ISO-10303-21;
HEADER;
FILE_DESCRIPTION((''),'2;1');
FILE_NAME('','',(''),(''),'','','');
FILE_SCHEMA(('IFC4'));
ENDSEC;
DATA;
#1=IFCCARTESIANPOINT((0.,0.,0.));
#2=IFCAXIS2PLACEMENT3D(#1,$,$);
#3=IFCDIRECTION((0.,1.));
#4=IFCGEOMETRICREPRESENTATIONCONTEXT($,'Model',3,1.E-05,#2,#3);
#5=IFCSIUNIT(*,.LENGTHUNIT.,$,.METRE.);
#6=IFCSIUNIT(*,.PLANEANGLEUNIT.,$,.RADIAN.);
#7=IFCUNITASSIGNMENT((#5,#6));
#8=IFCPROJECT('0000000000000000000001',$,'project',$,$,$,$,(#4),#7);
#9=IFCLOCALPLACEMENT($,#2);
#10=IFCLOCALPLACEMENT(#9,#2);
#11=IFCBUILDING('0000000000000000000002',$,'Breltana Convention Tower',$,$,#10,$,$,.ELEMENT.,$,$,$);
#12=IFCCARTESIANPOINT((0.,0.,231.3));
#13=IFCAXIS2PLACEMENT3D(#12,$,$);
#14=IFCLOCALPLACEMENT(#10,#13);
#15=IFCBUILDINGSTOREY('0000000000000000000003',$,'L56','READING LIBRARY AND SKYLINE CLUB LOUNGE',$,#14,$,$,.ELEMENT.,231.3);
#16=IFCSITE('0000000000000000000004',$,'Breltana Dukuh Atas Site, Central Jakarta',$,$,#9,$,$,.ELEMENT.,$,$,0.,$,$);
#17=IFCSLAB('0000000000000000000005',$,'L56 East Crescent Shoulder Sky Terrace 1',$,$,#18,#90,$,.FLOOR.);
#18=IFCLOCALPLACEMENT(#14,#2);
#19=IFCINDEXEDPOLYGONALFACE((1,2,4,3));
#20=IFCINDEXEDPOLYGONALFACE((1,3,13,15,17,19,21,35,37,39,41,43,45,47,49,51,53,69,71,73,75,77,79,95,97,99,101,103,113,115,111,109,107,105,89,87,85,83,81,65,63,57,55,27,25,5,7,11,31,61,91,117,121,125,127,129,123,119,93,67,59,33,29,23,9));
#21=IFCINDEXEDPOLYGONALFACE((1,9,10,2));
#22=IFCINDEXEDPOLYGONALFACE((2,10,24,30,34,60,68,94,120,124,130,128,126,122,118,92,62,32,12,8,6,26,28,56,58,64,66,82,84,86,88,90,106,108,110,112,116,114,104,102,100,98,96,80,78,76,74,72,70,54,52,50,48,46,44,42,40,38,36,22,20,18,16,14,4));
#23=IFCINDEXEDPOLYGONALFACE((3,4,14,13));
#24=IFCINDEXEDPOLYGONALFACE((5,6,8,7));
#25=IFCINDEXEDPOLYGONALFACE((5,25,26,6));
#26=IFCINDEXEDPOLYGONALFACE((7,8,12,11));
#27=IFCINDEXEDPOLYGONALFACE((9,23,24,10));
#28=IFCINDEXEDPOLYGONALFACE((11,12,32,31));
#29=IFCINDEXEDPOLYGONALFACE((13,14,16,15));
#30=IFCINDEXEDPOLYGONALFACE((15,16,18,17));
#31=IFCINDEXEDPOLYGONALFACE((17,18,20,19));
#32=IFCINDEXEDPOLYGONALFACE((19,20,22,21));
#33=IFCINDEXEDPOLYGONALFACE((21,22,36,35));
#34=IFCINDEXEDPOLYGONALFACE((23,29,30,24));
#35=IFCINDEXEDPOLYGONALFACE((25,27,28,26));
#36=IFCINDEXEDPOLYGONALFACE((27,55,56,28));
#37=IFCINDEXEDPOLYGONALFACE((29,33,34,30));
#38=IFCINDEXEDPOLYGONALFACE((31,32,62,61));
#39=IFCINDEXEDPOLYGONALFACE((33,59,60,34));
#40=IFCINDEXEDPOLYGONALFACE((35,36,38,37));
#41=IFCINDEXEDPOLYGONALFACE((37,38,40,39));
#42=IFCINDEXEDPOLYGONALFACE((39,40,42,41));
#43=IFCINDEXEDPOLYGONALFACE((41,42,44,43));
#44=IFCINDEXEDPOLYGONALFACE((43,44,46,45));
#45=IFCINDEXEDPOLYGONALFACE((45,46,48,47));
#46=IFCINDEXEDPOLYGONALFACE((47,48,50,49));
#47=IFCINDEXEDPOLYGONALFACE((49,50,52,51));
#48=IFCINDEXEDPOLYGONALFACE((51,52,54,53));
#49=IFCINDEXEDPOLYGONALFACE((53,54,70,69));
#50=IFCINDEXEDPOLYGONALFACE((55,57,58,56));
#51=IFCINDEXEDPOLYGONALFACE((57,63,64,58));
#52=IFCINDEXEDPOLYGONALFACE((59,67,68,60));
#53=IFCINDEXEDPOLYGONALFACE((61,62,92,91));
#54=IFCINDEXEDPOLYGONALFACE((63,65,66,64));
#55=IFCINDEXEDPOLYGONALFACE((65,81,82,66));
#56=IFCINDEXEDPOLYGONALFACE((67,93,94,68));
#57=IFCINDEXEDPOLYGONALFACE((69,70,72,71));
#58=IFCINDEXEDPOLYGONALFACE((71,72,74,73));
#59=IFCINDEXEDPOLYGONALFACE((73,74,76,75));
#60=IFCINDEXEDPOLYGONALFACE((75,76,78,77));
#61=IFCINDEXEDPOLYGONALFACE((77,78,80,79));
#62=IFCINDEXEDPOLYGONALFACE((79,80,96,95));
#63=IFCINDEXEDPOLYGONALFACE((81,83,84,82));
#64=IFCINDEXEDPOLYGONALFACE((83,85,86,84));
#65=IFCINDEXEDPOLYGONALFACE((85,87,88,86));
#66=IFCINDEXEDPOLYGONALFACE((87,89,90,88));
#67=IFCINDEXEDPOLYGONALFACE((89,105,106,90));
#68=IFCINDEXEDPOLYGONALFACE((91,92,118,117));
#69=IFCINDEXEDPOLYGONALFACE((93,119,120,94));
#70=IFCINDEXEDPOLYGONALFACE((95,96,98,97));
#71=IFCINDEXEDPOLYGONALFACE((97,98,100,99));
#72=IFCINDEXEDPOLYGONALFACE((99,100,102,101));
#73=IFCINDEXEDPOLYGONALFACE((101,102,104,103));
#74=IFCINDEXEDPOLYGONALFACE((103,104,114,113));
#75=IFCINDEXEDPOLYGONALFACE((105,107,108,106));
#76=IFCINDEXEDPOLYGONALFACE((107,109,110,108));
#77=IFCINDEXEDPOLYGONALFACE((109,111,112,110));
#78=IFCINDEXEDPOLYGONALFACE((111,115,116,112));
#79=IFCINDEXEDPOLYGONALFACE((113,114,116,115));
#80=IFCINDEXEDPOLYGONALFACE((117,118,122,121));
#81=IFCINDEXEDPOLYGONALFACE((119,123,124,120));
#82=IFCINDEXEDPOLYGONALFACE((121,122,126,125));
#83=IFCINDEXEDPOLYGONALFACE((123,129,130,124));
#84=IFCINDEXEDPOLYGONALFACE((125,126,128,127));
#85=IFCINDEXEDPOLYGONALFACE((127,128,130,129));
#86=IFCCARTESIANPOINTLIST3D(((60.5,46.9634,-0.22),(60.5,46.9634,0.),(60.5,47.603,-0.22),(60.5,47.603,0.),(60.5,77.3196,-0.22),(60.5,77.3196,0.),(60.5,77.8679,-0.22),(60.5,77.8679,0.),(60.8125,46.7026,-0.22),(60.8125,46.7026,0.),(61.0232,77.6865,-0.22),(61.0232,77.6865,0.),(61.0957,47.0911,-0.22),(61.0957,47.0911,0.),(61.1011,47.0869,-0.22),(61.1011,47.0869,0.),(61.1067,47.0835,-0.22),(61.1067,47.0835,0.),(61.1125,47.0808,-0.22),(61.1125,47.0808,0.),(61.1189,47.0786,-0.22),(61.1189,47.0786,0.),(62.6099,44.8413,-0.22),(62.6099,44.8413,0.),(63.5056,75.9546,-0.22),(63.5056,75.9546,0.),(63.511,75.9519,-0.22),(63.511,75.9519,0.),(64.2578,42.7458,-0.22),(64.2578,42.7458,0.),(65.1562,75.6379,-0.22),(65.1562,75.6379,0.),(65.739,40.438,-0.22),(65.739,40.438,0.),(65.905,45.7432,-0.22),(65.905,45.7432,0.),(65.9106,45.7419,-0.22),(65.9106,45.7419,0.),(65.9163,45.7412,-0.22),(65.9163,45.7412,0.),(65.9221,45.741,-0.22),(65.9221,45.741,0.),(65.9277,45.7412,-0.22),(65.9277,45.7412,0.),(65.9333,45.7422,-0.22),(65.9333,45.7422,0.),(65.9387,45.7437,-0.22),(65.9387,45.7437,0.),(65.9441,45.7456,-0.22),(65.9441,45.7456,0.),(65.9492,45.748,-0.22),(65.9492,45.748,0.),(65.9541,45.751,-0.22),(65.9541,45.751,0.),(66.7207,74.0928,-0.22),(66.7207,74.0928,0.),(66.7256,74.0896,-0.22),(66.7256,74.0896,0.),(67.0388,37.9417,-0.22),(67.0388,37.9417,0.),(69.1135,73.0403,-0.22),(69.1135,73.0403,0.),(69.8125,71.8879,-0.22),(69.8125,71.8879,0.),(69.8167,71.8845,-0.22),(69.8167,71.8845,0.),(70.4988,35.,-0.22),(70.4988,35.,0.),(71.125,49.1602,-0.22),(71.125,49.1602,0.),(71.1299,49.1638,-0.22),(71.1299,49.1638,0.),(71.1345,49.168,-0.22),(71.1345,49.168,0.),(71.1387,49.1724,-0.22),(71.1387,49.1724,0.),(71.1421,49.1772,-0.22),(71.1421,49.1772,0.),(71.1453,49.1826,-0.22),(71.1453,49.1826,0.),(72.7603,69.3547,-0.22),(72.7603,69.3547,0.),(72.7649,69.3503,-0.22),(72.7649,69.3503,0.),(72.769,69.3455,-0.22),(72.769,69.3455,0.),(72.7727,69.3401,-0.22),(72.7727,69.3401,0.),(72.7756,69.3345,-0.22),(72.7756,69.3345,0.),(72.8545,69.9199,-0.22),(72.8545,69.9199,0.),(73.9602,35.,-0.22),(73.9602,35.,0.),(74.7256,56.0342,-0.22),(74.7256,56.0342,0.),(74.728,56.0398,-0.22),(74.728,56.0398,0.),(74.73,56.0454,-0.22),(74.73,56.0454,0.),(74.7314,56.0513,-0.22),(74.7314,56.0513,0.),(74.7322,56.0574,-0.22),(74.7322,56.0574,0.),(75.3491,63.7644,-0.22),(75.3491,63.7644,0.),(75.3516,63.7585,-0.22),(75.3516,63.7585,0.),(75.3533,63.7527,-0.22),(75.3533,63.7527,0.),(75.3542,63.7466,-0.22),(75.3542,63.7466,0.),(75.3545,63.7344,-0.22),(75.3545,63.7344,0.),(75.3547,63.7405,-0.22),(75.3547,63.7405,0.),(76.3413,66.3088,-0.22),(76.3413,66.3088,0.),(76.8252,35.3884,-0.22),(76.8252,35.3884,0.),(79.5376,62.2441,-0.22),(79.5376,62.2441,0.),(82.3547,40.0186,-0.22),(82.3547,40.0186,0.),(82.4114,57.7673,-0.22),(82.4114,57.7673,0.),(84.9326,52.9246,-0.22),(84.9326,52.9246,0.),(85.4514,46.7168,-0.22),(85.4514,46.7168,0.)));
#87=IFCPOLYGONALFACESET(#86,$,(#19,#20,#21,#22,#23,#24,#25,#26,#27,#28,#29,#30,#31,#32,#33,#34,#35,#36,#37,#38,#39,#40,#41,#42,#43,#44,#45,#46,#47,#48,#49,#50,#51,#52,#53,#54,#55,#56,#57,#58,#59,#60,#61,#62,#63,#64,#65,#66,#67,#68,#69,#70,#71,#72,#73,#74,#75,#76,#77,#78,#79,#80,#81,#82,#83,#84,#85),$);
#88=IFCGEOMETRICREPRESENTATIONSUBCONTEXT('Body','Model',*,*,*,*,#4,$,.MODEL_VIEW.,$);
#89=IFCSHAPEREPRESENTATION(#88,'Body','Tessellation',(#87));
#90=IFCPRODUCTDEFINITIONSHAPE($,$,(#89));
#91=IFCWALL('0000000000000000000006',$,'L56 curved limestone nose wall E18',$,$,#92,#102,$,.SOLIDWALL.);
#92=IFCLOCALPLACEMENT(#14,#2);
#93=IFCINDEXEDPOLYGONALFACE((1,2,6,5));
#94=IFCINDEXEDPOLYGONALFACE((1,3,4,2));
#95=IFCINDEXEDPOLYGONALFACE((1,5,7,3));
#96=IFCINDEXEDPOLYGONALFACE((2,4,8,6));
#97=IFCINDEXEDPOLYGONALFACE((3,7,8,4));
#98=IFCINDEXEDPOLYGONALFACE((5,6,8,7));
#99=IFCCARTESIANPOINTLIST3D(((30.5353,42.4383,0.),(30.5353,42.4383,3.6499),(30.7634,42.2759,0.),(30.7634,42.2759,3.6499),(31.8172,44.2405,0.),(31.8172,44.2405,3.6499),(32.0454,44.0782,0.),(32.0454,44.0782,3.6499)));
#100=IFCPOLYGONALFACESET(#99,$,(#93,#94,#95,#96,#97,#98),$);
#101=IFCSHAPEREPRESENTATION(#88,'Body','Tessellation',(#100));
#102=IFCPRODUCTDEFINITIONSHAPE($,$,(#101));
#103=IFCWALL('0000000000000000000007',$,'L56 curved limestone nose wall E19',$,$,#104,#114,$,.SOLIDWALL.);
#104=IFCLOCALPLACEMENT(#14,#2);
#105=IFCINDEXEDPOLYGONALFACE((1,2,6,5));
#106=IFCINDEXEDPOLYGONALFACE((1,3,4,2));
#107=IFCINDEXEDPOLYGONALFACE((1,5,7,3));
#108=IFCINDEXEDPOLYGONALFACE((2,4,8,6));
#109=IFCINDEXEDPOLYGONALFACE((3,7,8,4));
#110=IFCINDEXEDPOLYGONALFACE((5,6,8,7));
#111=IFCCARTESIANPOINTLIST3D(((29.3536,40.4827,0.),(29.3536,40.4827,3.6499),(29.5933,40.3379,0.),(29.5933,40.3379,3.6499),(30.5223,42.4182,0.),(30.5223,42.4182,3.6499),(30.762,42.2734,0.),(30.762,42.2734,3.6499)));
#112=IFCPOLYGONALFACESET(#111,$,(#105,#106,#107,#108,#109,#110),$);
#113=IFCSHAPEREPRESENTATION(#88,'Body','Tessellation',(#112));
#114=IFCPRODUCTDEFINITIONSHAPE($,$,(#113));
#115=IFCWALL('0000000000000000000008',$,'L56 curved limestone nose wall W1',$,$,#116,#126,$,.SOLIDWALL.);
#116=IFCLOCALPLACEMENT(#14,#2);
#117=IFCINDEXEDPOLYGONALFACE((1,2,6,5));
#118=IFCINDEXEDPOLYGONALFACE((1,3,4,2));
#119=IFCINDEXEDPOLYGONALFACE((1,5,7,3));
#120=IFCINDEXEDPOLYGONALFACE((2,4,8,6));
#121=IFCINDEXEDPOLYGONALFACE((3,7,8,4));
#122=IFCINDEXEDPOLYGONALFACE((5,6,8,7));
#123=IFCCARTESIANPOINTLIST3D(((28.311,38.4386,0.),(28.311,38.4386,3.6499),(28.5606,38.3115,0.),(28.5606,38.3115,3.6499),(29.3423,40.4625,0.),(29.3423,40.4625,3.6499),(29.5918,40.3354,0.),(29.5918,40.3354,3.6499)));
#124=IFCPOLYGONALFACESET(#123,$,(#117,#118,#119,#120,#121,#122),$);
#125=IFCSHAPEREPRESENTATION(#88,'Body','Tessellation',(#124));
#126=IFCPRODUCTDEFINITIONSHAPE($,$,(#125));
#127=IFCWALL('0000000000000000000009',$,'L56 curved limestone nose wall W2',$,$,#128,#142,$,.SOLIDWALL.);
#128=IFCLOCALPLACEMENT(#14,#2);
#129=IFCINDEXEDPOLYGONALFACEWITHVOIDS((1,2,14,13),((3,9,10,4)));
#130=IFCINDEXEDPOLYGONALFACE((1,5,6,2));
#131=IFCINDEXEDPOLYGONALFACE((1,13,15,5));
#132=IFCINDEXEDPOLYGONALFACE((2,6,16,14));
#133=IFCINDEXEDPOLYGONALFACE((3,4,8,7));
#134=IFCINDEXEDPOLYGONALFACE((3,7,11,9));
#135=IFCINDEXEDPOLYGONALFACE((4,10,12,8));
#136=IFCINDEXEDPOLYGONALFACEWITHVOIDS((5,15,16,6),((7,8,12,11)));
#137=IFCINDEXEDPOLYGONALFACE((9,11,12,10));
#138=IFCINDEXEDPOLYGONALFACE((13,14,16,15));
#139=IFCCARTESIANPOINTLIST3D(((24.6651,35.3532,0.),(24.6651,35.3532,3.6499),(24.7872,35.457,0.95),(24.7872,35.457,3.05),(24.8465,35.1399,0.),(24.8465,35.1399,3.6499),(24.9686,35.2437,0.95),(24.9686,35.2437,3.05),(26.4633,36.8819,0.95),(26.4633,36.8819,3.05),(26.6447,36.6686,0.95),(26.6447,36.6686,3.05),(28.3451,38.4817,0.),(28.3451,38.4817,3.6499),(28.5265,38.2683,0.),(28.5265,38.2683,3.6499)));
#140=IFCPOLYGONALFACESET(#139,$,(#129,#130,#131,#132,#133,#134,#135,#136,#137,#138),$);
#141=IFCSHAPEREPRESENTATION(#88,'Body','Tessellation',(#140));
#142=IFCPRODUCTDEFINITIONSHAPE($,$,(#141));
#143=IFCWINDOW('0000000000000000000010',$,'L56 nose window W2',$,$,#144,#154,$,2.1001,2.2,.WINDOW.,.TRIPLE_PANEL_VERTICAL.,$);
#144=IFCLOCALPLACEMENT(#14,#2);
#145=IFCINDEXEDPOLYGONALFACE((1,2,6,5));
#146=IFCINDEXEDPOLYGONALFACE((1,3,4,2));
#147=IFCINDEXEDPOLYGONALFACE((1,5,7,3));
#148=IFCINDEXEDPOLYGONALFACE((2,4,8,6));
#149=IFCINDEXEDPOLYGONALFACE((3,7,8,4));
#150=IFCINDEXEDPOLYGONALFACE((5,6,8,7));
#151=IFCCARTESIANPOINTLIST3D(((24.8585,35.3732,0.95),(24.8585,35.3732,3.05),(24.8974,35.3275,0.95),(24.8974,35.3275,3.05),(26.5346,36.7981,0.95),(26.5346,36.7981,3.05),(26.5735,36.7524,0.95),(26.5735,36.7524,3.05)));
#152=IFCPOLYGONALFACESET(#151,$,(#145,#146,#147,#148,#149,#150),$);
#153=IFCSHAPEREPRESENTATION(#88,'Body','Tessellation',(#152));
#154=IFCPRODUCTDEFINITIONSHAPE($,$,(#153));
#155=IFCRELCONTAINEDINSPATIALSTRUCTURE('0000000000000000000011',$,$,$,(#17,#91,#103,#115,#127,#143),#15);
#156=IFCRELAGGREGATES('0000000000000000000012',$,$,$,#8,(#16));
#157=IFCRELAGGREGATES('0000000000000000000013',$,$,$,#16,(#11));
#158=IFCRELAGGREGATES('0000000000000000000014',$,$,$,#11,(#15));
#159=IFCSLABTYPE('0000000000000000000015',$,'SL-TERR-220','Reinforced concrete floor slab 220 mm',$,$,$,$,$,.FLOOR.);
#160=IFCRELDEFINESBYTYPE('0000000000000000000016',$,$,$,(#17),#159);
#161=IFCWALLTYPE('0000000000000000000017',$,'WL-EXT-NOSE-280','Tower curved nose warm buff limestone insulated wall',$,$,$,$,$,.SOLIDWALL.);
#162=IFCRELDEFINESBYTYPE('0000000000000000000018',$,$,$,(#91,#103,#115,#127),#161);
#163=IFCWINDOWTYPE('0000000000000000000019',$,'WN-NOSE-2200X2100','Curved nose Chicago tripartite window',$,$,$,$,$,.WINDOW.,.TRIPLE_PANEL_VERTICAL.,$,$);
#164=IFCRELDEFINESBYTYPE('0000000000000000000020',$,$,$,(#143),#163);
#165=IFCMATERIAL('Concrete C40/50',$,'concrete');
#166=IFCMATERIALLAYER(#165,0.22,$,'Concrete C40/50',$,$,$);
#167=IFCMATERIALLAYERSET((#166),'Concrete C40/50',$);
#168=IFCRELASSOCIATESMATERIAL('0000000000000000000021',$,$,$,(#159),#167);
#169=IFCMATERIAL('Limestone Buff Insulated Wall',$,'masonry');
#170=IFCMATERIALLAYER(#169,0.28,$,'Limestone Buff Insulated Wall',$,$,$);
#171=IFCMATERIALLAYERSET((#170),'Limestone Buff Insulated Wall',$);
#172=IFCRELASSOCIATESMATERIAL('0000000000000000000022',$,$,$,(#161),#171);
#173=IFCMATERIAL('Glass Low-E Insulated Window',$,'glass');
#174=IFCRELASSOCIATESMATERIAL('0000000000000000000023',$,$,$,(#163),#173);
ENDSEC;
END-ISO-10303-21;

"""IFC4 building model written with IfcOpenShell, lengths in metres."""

from ifc_helpers import new_model, si_unit, direction, frame, frame_2d, origin, place, context, subcontext, project, spatial, polyline, rectangle, outline, extrude, source, transform, mapped, material, layer, layer_set, type_object, type_shapes, element, fill, save


model = new_model("IFC4")

# Units and contexts
model_context = context("Model", 3, precision=1e-05, world=origin(), true_north=direction((0.0, 1.0)))
body_context = subcontext(model_context, "Body", "Model", "MODEL_VIEW")
ifc_project = project(units=[si_unit("LENGTHUNIT", "METRE"), si_unit("PLANEANGLEUNIT", "RADIAN")], contexts=[model_context])

# Site, building, storey
site_placement = place(None, origin())
site = spatial("IfcSite", under=ifc_project, at=site_placement, Name="Breltana Dukuh Atas Site, Central Jakarta", CompositionType="ELEMENT", RefElevation=0.0)
building_placement = place(site_placement, origin())
building = spatial("IfcBuilding", under=site, at=building_placement, Name="Breltana Convention Tower", CompositionType="ELEMENT")
storey_placement = place(building_placement, frame((0.0, 0.0, 231.3)))
storey = spatial("IfcBuildingStorey", under=building, at=storey_placement, Name="L56", Description="READING LIBRARY AND SKYLINE CLUB LOUNGE", CompositionType="ELEMENT", Elevation=231.3)

# Shared definitions
ifc_material_1 = material(Name="Concrete C40/50", Category="concrete")

# Slab
ifc_layer_1 = layer(ifc_material_1, 0.22, Name="Concrete C40/50")
ifc_layer_set_1 = layer_set([ifc_layer_1], Name="Concrete C40/50")
slab_type_1 = type_object("IfcSlabType", Name="SL-TERR-220", Description="Reinforced concrete floor slab 220 mm", PredefinedType="FLOOR", material=ifc_layer_set_1)
slab_1_placement = place(storey_placement, frame((0.0, 0.0, -0.22)))
element("IfcSlab", 1, at=slab_1_placement, inside=storey, type_object=slab_type_1, Name="L56 East Crescent Shoulder Sky Terrace 1", PredefinedType="FLOOR", context=body_context, shape_type="SweptSolid", body=[
    extrude(outline(polyline([(82.3547, 40.0186), (76.8252, 35.3884), (73.9602, 35.0), (70.4988, 35.0), (67.0388, 37.9417), (65.739, 40.438), (64.2578, 42.7458), (62.6099, 44.8413), (60.8125, 46.7026), (60.5, 46.9634), (60.5, 47.603), (61.0957, 47.0911), (61.1011, 47.0869), (61.1067, 47.0835), (61.1125, 47.0808), (61.1189, 47.0786), (65.905, 45.7432), (65.9106, 45.7419), (65.9163, 45.7412), (65.9221, 45.741), (65.9277, 45.7412), (65.9333, 45.7422), (65.9387, 45.7437), (65.9441, 45.7456), (65.9492, 45.748), (65.9541, 45.751), (71.125, 49.1602), (71.1299, 49.1638), (71.1345, 49.168), (71.1387, 49.1724), (71.1421, 49.1772), (71.1453, 49.1826), (74.7256, 56.0342), (74.728, 56.0398), (74.73, 56.0454), (74.7314, 56.0513), (74.7322, 56.0574), (75.3545, 63.7344), (75.3547, 63.7405), (75.3542, 63.7466), (75.3533, 63.7527), (75.3516, 63.7585), (75.3491, 63.7644), (72.7756, 69.3345), (72.7727, 69.3401), (72.769, 69.3455), (72.7649, 69.3503), (72.7603, 69.3547), (69.8167, 71.8845), (69.8125, 71.8879), (66.7256, 74.0896), (66.7207, 74.0928), (63.511, 75.9519), (63.5056, 75.9546), (60.5, 77.3196), (60.5, 77.8679), (61.0232, 77.6865), (65.1562, 75.6379), (69.1135, 73.0403), (72.8545, 69.9199), (76.3413, 66.3088), (79.5376, 62.2441), (82.4114, 57.7673), (84.9326, 52.9246), (85.4514, 46.7168), (82.3547, 40.0186)])), origin(), (0.0, 0.0, 1.0), 0.22),
])

# Walls
ifc_material_2 = material(Name="Limestone Buff Insulated Wall", Category="masonry")
ifc_layer_2 = layer(ifc_material_2, 0.28, Name="Limestone Buff Insulated Wall")
ifc_layer_set_2 = layer_set([ifc_layer_2], Name="Limestone Buff Insulated Wall")
wall_type = type_object("IfcWallType", Name="WL-EXT-NOSE-280", Description="Tower curved nose warm buff limestone insulated wall", PredefinedType="SOLIDWALL", material=ifc_layer_set_2)
shared_shape_1 = source(origin(), body_context, "Body", "SweptSolid", [
    extrude(rectangle(XDim=2.2117, YDim=0.28, at=frame_2d((1.106, 0.0))), origin(), (0.0, 0.0, 1.0), 3.6499),
])
wall_1_placement = place(storey_placement, frame((31.9314, 44.1594, 0.0), z_axis=(0.0, 0.0, 1.0), x_axis=(-0.579639, -0.814873, 0.0)))
element("IfcWall", 2, at=wall_1_placement, inside=storey, type_object=wall_type, Name="L56 curved limestone nose wall E18", PredefinedType="SOLIDWALL", context=body_context, shape_type="MappedRepresentation", body=[
    mapped(shared_shape_1, transform((0.0, 0.0, 0.0), scale=1.0)),
])
shared_shape_2 = source(origin(), body_context, "Body", "SweptSolid", [
    extrude(rectangle(XDim=2.261, YDim=0.28, at=frame_2d((1.1304, 0.0))), origin(), (0.0, 0.0, 1.0), 3.6499),
])
wall_2_placement = place(storey_placement, frame((30.6421, 42.3457, 0.0), z_axis=(0.0, 0.0, 1.0), x_axis=(-0.516891, -0.856051, 0.0)))
element("IfcWall", 3, at=wall_2_placement, inside=storey, type_object=wall_type, Name="L56 curved limestone nose wall E19", PredefinedType="SOLIDWALL", context=body_context, shape_type="MappedRepresentation", body=[
    mapped(shared_shape_2, transform((0.0, 0.0, 0.0), scale=1.0)),
])
shared_shape_3 = source(origin(), body_context, "Body", "SweptSolid", [
    extrude(rectangle(XDim=2.2715, YDim=0.28, at=frame_2d((1.1357, 0.0))), origin(), (0.0, 0.0, 1.0), 3.6499),
])
wall_3_placement = place(storey_placement, frame((29.467, 40.3989, 0.0), z_axis=(0.0, 0.0, 1.0), x_axis=(-0.453993, -0.891005, 0.0)))
element("IfcWall", 4, at=wall_3_placement, inside=storey, type_object=wall_type, Name="L56 curved limestone nose wall W1", PredefinedType="SOLIDWALL", context=body_context, shape_type="MappedRepresentation", body=[
    mapped(shared_shape_3, transform((0.0, 0.0, 0.0), scale=1.0)),
])

# Wall, opening, window
shared_shape_4 = source(origin(), body_context, "Body", "SweptSolid", [
    extrude(rectangle(XDim=4.8301, YDim=0.28, at=frame_2d((2.415, 0.0))), origin(), (0.0, 0.0, 1.0), 3.6499),
])
wall_4_placement = place(storey_placement, frame((28.4358, 38.375, 0.0), z_axis=(0.0, 0.0, 1.0), x_axis=(-0.761891, -0.647706, 0.0)))
wall_4 = element("IfcWall", 5, at=wall_4_placement, inside=storey, type_object=wall_type, Name="L56 curved limestone nose wall W2", PredefinedType="SOLIDWALL", context=body_context, shape_type="MappedRepresentation", body=[
    mapped(shared_shape_4, transform((0.0, 0.0, 0.0), scale=1.0)),
])
opening_1_placement = place(wall_4_placement, frame((2.4697, 0.0, 0.95)))
opening_1 = element("IfcOpeningElement", 6, at=opening_1_placement, cuts=wall_4, PredefinedType="OPENING", context=body_context, shape_type="SweptSolid", body=[
    extrude(rectangle(XDim=2.2, YDim=2.1001, at=frame_2d((1.1001, 1.05))), frame((0.0, 0.1499, 0.0), z_axis=(0.0, -1.0, 0.0), x_axis=(1.0, 0.0, 0.0)), (0.0, 0.0, 1.0), 0.3),
])
ifc_material_3 = material(Name="Glass Low-E Insulated Window", Category="glass")
window_type = type_object("IfcWindowType", Name="WN-NOSE-2200X2100", Description="Curved nose Chicago tripartite window", PartitioningType="TRIPLE_PANEL_VERTICAL", PredefinedType="WINDOW", material=ifc_material_3)
shared_shape_5 = source(origin(), body_context, "Body", "SweptSolid", [
    extrude(rectangle(XDim=2.2, YDim=2.1001, at=frame_2d((1.1001, 1.05))), frame((0.0, 0.03, 0.0), z_axis=(0.0, -1.0, 0.0), x_axis=(1.0, 0.0, 0.0)), (0.0, 0.0, 1.0), 0.0601),
])
type_shapes(window_type, [shared_shape_5])
window_1_placement = place(opening_1_placement, origin())
window_1 = element("IfcWindow", 7, at=window_1_placement, inside=storey, type_object=window_type, Name="L56 nose window W2", OverallHeight=2.1001, OverallWidth=2.2, PartitioningType="TRIPLE_PANEL_VERTICAL", PredefinedType="WINDOW", context=body_context, shape_type="MappedRepresentation", body=[
    mapped(shared_shape_5, transform((0.0, 0.0, 0.0), scale=1.0)),
])
fill(opening_1, window_1)

save(model, "model.ifc")
